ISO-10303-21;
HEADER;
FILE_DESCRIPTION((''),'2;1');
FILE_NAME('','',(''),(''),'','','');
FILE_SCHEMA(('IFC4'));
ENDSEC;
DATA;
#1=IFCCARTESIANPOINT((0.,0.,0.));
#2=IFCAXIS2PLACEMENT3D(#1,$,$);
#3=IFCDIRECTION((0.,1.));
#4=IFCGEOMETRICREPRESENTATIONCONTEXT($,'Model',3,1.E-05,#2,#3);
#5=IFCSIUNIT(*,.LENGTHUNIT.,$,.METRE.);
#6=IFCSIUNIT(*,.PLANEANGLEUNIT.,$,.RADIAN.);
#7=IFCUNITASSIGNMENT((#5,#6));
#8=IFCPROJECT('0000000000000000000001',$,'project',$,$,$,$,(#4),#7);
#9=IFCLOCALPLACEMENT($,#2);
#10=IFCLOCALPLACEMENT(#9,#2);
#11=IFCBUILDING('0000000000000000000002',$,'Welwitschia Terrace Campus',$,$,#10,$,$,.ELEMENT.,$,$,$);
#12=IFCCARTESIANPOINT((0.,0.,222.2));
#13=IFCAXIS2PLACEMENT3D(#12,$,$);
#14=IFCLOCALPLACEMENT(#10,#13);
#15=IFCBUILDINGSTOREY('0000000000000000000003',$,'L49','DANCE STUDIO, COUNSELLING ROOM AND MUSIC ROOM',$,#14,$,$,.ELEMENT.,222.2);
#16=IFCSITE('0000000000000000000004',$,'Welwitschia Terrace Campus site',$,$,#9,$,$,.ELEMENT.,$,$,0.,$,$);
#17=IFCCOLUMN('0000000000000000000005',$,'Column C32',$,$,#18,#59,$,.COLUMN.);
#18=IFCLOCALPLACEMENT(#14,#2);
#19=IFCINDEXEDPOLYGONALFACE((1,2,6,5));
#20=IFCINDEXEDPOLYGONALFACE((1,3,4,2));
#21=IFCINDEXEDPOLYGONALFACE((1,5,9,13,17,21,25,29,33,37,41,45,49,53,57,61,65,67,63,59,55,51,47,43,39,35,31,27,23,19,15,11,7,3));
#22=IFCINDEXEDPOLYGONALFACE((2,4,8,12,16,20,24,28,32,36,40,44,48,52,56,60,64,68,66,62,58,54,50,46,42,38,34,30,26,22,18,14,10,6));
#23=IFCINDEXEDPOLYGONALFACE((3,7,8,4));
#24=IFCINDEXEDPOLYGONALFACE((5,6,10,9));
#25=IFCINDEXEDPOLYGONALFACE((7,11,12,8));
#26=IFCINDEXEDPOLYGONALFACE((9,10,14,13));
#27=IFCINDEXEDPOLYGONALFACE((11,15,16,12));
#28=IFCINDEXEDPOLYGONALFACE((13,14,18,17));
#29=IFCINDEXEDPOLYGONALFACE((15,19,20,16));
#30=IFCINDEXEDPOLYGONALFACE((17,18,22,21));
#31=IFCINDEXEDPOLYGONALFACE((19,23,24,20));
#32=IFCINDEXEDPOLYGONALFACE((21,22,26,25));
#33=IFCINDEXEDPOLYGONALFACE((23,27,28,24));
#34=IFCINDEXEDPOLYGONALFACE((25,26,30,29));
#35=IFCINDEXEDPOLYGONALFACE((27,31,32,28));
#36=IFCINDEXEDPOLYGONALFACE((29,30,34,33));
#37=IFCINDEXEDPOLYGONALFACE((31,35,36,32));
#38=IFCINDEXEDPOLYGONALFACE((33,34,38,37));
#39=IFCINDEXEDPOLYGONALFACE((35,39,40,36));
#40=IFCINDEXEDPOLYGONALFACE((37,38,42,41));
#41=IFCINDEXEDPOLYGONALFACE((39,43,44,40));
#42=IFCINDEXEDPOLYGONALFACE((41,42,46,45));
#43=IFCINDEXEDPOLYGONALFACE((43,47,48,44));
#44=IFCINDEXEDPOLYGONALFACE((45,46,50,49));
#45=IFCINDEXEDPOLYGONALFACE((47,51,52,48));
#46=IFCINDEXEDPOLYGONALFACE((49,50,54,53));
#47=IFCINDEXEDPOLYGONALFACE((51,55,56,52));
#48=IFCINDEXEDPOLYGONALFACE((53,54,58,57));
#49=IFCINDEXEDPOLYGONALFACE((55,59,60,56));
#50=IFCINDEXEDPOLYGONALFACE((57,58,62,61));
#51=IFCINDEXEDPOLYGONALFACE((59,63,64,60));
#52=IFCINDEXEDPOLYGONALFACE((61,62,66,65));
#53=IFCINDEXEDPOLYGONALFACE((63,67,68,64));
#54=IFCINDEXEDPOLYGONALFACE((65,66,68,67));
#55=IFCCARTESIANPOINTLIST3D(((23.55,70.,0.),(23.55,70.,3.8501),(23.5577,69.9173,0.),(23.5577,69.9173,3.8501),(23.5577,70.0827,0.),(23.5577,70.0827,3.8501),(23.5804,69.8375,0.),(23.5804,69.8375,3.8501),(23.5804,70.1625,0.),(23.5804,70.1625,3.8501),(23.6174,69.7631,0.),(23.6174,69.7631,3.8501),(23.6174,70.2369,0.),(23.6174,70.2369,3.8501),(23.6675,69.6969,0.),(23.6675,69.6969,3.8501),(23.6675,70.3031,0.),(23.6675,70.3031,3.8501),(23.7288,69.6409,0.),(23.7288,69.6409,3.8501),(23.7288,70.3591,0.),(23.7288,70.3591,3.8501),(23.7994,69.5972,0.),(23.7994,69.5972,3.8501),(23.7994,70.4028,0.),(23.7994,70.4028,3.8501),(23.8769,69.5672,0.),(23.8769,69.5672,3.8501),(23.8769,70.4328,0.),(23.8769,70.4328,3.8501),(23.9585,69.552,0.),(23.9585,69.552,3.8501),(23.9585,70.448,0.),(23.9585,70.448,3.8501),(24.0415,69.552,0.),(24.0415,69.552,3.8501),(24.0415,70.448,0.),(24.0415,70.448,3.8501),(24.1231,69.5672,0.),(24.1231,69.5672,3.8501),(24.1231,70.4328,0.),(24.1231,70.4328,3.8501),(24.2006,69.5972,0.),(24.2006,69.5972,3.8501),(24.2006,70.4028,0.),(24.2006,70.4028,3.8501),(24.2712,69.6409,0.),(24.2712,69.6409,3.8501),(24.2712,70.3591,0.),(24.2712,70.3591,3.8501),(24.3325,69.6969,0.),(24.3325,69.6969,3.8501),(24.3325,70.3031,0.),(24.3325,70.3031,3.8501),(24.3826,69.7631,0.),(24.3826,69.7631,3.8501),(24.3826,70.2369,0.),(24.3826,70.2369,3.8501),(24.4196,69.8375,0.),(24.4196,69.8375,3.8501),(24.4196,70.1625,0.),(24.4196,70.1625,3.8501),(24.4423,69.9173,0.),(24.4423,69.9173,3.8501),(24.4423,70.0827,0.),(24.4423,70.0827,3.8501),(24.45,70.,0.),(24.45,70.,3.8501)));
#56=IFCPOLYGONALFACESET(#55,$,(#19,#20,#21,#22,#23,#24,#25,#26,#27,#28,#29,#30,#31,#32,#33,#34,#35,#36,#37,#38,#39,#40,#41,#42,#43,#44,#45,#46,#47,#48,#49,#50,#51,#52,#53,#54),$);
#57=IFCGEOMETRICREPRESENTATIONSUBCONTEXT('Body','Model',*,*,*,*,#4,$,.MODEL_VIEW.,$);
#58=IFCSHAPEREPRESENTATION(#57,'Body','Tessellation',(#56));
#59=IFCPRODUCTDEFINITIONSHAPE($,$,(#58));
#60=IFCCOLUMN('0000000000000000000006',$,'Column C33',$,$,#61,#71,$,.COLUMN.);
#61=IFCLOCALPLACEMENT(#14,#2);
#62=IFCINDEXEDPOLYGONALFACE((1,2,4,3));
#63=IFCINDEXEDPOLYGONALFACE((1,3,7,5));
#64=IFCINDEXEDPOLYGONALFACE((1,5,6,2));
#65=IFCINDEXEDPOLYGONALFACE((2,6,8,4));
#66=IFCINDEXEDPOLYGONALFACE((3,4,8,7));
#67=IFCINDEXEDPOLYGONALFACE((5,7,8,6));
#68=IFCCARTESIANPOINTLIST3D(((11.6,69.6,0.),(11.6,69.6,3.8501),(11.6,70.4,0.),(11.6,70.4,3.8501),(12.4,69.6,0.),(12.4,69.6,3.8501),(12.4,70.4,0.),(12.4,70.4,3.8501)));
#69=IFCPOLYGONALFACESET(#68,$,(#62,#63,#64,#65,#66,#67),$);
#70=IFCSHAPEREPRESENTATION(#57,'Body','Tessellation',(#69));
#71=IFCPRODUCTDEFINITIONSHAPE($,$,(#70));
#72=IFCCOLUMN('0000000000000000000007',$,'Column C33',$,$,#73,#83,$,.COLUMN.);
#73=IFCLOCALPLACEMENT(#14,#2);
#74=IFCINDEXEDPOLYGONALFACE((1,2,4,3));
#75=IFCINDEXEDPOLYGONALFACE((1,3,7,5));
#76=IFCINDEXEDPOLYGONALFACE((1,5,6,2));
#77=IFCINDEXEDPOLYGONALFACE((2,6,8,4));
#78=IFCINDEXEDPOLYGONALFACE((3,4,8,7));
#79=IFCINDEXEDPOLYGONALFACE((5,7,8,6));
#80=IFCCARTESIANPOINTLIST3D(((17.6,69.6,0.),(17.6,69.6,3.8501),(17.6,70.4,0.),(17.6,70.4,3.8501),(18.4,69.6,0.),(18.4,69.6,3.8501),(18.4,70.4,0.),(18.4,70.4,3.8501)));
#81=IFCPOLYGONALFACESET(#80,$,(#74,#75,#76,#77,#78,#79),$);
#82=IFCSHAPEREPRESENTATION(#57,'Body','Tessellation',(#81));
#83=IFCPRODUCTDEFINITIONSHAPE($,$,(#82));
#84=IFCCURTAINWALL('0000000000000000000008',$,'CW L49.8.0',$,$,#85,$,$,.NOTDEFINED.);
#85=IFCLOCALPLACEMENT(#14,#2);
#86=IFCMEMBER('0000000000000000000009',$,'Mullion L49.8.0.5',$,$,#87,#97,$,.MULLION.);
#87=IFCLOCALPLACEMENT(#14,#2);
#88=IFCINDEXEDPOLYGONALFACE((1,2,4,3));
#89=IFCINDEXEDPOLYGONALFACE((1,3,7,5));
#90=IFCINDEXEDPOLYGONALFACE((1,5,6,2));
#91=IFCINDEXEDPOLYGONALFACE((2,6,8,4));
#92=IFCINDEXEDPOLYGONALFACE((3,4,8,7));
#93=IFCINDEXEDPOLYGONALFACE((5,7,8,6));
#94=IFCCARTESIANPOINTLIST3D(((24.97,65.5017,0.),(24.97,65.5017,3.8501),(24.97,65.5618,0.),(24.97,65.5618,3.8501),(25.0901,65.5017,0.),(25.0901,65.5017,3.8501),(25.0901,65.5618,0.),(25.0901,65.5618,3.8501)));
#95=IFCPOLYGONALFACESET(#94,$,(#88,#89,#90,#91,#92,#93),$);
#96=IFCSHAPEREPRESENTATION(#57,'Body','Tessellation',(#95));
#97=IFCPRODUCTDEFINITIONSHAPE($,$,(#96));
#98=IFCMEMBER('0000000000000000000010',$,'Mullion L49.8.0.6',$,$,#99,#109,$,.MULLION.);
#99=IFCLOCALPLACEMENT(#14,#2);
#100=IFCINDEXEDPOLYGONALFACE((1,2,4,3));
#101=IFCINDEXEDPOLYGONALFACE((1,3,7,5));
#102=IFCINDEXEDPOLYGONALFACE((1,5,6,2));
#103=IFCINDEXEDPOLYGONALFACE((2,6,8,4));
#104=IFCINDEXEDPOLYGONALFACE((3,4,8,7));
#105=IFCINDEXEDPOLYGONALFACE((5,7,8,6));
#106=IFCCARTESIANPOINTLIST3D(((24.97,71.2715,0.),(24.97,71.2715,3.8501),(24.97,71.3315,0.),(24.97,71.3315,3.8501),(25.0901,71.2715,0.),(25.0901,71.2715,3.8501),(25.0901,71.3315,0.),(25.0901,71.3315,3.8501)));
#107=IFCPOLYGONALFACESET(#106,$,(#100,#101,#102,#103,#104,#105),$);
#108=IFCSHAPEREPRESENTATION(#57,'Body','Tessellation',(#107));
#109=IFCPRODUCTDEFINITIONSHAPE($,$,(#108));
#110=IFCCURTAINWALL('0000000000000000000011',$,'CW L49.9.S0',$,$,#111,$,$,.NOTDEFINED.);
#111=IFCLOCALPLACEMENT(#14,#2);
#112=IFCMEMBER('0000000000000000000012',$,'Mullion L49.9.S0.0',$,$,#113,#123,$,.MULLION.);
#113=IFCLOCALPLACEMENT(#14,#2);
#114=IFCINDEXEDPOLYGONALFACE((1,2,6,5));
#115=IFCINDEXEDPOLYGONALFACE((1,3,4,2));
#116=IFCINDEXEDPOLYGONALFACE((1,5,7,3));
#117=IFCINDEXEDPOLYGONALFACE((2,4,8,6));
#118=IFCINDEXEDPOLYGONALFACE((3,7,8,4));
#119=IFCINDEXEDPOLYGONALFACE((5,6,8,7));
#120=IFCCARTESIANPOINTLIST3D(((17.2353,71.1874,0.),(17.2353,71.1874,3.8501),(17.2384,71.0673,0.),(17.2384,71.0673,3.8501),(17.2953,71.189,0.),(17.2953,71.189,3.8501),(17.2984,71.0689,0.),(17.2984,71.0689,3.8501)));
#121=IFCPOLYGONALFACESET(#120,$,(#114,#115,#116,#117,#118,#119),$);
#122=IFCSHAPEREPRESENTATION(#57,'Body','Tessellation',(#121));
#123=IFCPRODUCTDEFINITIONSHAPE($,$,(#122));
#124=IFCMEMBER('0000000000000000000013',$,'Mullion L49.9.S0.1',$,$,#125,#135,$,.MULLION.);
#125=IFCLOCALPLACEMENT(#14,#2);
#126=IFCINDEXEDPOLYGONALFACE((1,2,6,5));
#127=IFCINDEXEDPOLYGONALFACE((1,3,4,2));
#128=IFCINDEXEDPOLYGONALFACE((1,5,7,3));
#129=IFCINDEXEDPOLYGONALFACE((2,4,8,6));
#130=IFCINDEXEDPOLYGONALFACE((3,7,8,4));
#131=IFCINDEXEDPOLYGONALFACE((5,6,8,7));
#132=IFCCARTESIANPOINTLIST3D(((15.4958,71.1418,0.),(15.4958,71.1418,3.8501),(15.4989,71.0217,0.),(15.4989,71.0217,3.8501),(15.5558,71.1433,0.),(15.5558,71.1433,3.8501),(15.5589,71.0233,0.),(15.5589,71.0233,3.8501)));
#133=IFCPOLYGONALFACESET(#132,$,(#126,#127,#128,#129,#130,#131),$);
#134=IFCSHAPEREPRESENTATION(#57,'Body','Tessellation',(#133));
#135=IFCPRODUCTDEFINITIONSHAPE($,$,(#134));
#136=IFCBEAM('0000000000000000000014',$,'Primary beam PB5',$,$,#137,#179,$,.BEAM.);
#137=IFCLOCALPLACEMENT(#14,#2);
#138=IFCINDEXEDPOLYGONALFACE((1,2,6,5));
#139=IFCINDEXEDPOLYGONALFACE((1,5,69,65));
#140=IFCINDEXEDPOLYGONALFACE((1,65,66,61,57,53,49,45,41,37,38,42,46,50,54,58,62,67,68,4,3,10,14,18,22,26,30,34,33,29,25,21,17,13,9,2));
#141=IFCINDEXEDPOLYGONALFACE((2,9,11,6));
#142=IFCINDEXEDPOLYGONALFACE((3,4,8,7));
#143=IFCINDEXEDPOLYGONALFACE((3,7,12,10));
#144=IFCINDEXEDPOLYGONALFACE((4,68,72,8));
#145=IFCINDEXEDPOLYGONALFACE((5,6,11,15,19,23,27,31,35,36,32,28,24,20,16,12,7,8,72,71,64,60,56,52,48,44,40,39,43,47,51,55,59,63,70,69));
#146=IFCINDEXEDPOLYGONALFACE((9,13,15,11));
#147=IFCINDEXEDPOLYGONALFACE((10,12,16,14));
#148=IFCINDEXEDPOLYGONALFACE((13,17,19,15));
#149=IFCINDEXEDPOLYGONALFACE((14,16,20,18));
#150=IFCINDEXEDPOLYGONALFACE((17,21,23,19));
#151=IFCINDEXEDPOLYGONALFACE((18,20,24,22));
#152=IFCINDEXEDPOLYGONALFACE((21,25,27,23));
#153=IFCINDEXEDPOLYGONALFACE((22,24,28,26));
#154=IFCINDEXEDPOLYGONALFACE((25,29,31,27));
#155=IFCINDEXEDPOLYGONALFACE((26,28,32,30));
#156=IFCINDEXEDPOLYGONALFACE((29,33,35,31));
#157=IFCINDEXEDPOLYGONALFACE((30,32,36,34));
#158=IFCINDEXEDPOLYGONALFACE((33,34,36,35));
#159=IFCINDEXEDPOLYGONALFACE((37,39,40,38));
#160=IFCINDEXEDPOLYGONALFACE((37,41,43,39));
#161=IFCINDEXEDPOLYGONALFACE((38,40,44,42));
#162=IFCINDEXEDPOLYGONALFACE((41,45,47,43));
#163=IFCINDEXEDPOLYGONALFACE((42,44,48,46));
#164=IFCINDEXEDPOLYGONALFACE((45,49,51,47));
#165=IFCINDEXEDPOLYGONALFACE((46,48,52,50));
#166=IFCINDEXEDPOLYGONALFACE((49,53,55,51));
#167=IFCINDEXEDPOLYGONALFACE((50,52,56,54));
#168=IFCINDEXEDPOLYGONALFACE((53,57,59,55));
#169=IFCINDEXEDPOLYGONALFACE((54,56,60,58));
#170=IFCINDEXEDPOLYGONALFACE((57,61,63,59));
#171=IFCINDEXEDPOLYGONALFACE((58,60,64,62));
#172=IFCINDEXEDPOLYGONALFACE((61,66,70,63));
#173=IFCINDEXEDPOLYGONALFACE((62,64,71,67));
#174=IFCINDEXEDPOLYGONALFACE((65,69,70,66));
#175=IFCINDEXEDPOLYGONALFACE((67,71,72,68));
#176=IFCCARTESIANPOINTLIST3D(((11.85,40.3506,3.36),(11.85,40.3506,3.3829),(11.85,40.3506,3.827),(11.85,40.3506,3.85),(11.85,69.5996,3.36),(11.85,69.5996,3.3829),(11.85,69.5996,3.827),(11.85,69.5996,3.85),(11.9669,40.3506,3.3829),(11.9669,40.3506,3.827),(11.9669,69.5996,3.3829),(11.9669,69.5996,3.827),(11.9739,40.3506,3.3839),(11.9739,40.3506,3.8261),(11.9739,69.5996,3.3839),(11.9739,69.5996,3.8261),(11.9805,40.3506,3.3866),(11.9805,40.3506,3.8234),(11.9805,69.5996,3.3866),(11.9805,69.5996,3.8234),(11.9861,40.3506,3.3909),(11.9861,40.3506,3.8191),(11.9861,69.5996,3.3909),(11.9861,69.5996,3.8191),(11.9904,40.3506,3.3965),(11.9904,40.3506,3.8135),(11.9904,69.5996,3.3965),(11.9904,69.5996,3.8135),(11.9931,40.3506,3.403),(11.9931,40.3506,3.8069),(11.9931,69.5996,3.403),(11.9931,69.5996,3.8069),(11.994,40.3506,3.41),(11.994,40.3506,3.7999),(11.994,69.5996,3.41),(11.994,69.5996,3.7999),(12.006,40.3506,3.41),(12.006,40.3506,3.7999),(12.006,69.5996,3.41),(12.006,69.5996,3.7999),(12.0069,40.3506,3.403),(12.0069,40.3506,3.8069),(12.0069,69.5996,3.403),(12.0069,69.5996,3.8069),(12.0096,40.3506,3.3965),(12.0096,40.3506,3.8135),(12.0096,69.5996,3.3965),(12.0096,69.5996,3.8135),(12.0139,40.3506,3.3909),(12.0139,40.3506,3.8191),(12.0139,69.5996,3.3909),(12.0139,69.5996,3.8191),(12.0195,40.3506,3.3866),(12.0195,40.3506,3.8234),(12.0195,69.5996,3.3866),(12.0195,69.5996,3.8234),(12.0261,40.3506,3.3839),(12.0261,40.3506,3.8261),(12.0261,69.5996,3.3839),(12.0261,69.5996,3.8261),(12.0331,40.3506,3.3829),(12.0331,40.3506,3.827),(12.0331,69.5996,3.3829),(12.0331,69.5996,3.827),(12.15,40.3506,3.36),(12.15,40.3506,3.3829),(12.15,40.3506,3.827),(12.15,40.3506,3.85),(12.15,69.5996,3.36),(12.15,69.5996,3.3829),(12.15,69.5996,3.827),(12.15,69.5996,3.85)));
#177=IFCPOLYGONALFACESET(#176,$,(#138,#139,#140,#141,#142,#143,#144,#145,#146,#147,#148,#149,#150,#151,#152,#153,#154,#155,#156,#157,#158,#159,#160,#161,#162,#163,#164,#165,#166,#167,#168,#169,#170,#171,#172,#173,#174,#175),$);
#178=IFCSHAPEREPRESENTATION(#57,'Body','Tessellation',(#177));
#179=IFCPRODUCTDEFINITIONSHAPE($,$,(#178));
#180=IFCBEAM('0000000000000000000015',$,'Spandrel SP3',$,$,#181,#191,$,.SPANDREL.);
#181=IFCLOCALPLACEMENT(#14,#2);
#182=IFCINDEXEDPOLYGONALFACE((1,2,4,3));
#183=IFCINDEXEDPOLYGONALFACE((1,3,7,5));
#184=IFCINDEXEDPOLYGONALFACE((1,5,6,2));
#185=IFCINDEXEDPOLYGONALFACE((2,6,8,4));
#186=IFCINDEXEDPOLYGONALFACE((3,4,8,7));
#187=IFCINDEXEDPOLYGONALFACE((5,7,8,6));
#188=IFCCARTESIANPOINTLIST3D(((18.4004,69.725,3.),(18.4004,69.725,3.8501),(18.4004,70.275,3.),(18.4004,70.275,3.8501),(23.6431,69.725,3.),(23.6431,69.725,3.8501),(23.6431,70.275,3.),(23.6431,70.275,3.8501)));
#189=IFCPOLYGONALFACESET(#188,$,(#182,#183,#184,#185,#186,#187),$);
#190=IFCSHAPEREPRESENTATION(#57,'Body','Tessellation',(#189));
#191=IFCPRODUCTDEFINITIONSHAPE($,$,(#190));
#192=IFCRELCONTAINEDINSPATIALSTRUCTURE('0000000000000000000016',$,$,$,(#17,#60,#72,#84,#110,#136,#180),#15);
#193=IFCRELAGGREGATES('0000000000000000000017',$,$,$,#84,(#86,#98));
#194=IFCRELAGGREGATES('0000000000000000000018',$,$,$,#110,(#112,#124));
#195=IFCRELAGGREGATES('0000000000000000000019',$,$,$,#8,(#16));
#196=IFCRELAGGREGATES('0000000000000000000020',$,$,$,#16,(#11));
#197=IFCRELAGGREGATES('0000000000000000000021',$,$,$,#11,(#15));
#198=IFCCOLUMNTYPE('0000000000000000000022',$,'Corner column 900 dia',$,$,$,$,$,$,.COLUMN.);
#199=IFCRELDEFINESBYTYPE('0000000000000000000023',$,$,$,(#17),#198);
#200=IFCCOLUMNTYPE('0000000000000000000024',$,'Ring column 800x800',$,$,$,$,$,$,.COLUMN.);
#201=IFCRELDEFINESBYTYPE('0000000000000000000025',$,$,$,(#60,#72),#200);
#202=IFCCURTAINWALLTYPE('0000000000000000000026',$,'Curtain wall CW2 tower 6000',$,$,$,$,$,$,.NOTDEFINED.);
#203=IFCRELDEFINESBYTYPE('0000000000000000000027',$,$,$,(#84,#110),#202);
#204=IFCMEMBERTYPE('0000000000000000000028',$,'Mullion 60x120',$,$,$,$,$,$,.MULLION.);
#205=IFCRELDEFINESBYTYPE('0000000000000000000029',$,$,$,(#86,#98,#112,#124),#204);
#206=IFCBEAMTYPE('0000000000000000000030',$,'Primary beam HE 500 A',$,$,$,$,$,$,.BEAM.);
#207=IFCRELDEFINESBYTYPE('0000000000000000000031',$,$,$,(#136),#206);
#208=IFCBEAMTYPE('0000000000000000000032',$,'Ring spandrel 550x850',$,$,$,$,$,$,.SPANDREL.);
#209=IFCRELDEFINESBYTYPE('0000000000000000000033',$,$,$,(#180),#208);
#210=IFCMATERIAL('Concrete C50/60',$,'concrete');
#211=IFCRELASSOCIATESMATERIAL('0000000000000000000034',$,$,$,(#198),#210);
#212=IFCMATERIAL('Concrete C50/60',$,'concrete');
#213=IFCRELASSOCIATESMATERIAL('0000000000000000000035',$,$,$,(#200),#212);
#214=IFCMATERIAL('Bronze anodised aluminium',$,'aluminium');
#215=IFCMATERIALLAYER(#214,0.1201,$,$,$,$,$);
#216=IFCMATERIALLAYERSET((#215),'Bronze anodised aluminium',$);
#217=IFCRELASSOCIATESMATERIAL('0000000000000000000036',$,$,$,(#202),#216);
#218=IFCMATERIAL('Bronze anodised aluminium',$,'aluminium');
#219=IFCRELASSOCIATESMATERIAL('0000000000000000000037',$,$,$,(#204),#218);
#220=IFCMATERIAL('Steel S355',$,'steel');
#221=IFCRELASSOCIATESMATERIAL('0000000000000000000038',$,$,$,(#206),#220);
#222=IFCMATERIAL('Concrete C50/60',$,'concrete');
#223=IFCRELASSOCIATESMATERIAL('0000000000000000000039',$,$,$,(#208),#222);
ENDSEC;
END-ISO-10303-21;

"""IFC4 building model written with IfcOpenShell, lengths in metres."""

from ifc_helpers import new_model, si_unit, direction, frame, origin, origin_2d, place, context, subcontext, project, spatial, rectangle, circle, i_section, extrude, material, layer, layer_set, material_profile, profile_set, type_object, element, aggregate, save


model = new_model("IFC4")

# Units and contexts
model_context = context("Model", 3, precision=1e-05, world=origin(), true_north=direction((0.0, 1.0)))
body_context = subcontext(model_context, "Body", "Model", "MODEL_VIEW")
ifc_project = project(units=[si_unit("LENGTHUNIT", "METRE"), si_unit("PLANEANGLEUNIT", "RADIAN")], contexts=[model_context])

# Site, building, storey
site_placement = place(None, origin())
site = spatial("IfcSite", under=ifc_project, at=site_placement, Name="Welwitschia Terrace Campus site", CompositionType="ELEMENT", RefElevation=0.0)
building_placement = place(site_placement, origin())
building = spatial("IfcBuilding", under=site, at=building_placement, Name="Welwitschia Terrace Campus", CompositionType="ELEMENT")
storey_placement = place(building_placement, frame((0.0, 0.0, 222.2)))
storey = spatial("IfcBuildingStorey", under=building, at=storey_placement, Name="L49", Description="DANCE STUDIO, COUNSELLING ROOM AND MUSIC ROOM", CompositionType="ELEMENT", Elevation=222.2)

# Columns
ifc_material_1 = material(Name="Concrete C50/60", Category="concrete")
ifc_material_profile_1 = material_profile(ifc_material_1, circle(Radius=0.45, at=origin_2d()))
ifc_profile_set_1 = profile_set([ifc_material_profile_1], Name="Concrete C50/60")
column_type_1 = type_object("IfcColumnType", Name="Corner column 900 dia", PredefinedType="COLUMN", material=ifc_profile_set_1)
column_placement = place(storey_placement, frame((24.0, 70.0, 0.0), z_axis=(0.0, 0.0, 1.0), x_axis=(1.0, 0.0, 0.0)))
element("IfcColumn", 1, at=column_placement, inside=storey, type_object=column_type_1, Name="Column C32", PredefinedType="COLUMN", context=body_context, shape_type="SweptSolid", body=[
    extrude(circle(Radius=0.45, at=origin_2d()), origin(), (0.0, 0.0, 1.0), 3.8501),
])
ifc_material_2 = material(Name="Concrete C50/60", Category="concrete")
ifc_material_profile_2 = material_profile(ifc_material_2, rectangle(XDim=0.8, YDim=0.8, at=origin_2d()))
ifc_profile_set_2 = profile_set([ifc_material_profile_2], Name="Concrete C50/60")
column_type_2 = type_object("IfcColumnType", Name="Ring column 800x800", PredefinedType="COLUMN", material=ifc_profile_set_2)
for number, where, z_axis, x_axis, name in (
    (2, (12.0, 70.0, 0.0), (0.0, 0.0, 1.0), (1.0, 0.0, 0.0), "Column C33"),
    (3, (18.0, 70.0, 0.0), (0.0, 0.0, 1.0), (1.0, 0.0, 0.0), "Column C33"),
):
    element("IfcColumn", number, at=place(storey_placement, frame(where, z_axis=z_axis, x_axis=x_axis)), inside=storey, type_object=column_type_2, Name=name, PredefinedType="COLUMN", context=body_context, shape_type="SweptSolid", body=[
        extrude(rectangle(XDim=0.8, YDim=0.8, at=origin_2d()), origin(), (0.0, 0.0, 1.0), 3.8501),
    ])

# Curtain walls, members
ifc_material_3 = material(Name="Bronze anodised aluminium", Category="aluminium")
ifc_layer_1 = layer(ifc_material_3, 0.1201)
ifc_layer_set_1 = layer_set([ifc_layer_1], Name="Bronze anodised aluminium")
curtain_wall_type = type_object("IfcCurtainWallType", Name="Curtain wall CW2 tower 6000", PredefinedType="NOTDEFINED", material=ifc_layer_set_1)
curtain_wall_1_placement = place(storey_placement, origin())
curtain_wall_1 = element("IfcCurtainWall", 4, at=curtain_wall_1_placement, inside=storey, type_object=curtain_wall_type, Name="CW L49.8.0", PredefinedType="NOTDEFINED")
ifc_material_4 = material(Name="Bronze anodised aluminium", Category="aluminium")
ifc_material_profile_3 = material_profile(ifc_material_4, rectangle(XDim=0.1201, YDim=0.0601, at=origin_2d()))
ifc_profile_set_3 = profile_set([ifc_material_profile_3], Name="Bronze anodised aluminium")
member_type_1 = type_object("IfcMemberType", Name="Mullion 60x120", PredefinedType="MULLION", material=ifc_profile_set_3)
member_1_placement = place(storey_placement, frame((25.03, 65.5317, 0.0), z_axis=(0.0, 0.0, 1.0), x_axis=(-1.0, 0.0, 0.0)))
member_1 = element("IfcMember", 5, at=member_1_placement, type_object=member_type_1, Name="Mullion L49.8.0.5", PredefinedType="MULLION", context=body_context, shape_type="SweptSolid", body=[
    extrude(rectangle(XDim=0.1201, YDim=0.0601, at=origin_2d()), origin(), (0.0, 0.0, 1.0), 3.8501),
])
member_2_placement = place(storey_placement, frame((25.03, 71.3015, 0.0), z_axis=(0.0, 0.0, 1.0), x_axis=(-1.0, 0.0, 0.0)))
member_2 = element("IfcMember", 6, at=member_2_placement, type_object=member_type_1, Name="Mullion L49.8.0.6", PredefinedType="MULLION", context=body_context, shape_type="SweptSolid", body=[
    extrude(rectangle(XDim=0.1201, YDim=0.0601, at=origin_2d()), origin(), (0.0, 0.0, 1.0), 3.8501),
])
curtain_wall_2_placement = place(storey_placement, origin())
curtain_wall_2 = element("IfcCurtainWall", 7, at=curtain_wall_2_placement, inside=storey, type_object=curtain_wall_type, Name="CW L49.9.S0", PredefinedType="NOTDEFINED")
member_3_placement = place(storey_placement, frame((17.2668, 71.1282, 0.0), z_axis=(0.0, 0.0, 1.0), x_axis=(0.026177, -0.999657, 0.0)))
member_3 = element("IfcMember", 8, at=member_3_placement, type_object=member_type_1, Name="Mullion L49.9.S0.0", PredefinedType="MULLION", context=body_context, shape_type="SweptSolid", body=[
    extrude(rectangle(XDim=0.1201, YDim=0.0601, at=origin_2d()), origin(), (0.0, 0.0, 1.0), 3.8501),
])
member_4_placement = place(storey_placement, frame((15.5273, 71.0825, 0.0), z_axis=(0.0, 0.0, 1.0), x_axis=(0.026177, -0.999657, 0.0)))
member_4 = element("IfcMember", 9, at=member_4_placement, type_object=member_type_1, Name="Mullion L49.9.S0.1", PredefinedType="MULLION", context=body_context, shape_type="SweptSolid", body=[
    extrude(rectangle(XDim=0.1201, YDim=0.0601, at=origin_2d()), origin(), (0.0, 0.0, 1.0), 3.8501),
])

# Beams
ifc_material_5 = material(Name="Steel S355", Category="steel")
ifc_material_profile_4 = material_profile(ifc_material_5, i_section(OverallWidth=0.3, OverallDepth=0.49, WebThickness=0.012, FlangeThickness=0.0229, FilletRadius=0.0271, at=origin_2d()))
ifc_profile_set_4 = profile_set([ifc_material_profile_4], Name="Steel S355")
beam_type_1 = type_object("IfcBeamType", Name="Primary beam HE 500 A", PredefinedType="BEAM", material=ifc_profile_set_4)
beam_1_placement = place(storey_placement, frame((12.0, 69.5996, 3.605), z_axis=(0.0, -1.0, 0.0), x_axis=(1.0, 0.0, 0.0)))
element("IfcBeam", 10, at=beam_1_placement, inside=storey, type_object=beam_type_1, Name="Primary beam PB5", PredefinedType="BEAM", context=body_context, shape_type="SweptSolid", body=[
    extrude(i_section(OverallWidth=0.3, OverallDepth=0.49, WebThickness=0.012, FlangeThickness=0.0229, FilletRadius=0.0271, at=origin_2d()), origin(), (0.0, 0.0, 1.0), 29.249),
])
ifc_material_6 = material(Name="Concrete C50/60", Category="concrete")
ifc_material_profile_5 = material_profile(ifc_material_6, rectangle(XDim=0.55, YDim=0.8501, at=origin_2d()))
ifc_profile_set_5 = profile_set([ifc_material_profile_5], Name="Concrete C50/60")
beam_type_2 = type_object("IfcBeamType", Name="Ring spandrel 550x850", PredefinedType="SPANDREL", material=ifc_profile_set_5)
beam_2_placement = place(storey_placement, frame((23.6431, 70.0, 3.425), z_axis=(-1.0, 0.0, 0.0), x_axis=(0.0, -1.0, 0.0)))
element("IfcBeam", 11, at=beam_2_placement, inside=storey, type_object=beam_type_2, Name="Spandrel SP3", PredefinedType="SPANDREL", context=body_context, shape_type="SweptSolid", body=[
    extrude(rectangle(XDim=0.55, YDim=0.8501, at=origin_2d()), origin(), (0.0, 0.0, 1.0), 5.2427),
])

aggregate(curtain_wall_1, [member_1, member_2])
aggregate(curtain_wall_2, [member_3, member_4])

save(model, "model.ifc")
